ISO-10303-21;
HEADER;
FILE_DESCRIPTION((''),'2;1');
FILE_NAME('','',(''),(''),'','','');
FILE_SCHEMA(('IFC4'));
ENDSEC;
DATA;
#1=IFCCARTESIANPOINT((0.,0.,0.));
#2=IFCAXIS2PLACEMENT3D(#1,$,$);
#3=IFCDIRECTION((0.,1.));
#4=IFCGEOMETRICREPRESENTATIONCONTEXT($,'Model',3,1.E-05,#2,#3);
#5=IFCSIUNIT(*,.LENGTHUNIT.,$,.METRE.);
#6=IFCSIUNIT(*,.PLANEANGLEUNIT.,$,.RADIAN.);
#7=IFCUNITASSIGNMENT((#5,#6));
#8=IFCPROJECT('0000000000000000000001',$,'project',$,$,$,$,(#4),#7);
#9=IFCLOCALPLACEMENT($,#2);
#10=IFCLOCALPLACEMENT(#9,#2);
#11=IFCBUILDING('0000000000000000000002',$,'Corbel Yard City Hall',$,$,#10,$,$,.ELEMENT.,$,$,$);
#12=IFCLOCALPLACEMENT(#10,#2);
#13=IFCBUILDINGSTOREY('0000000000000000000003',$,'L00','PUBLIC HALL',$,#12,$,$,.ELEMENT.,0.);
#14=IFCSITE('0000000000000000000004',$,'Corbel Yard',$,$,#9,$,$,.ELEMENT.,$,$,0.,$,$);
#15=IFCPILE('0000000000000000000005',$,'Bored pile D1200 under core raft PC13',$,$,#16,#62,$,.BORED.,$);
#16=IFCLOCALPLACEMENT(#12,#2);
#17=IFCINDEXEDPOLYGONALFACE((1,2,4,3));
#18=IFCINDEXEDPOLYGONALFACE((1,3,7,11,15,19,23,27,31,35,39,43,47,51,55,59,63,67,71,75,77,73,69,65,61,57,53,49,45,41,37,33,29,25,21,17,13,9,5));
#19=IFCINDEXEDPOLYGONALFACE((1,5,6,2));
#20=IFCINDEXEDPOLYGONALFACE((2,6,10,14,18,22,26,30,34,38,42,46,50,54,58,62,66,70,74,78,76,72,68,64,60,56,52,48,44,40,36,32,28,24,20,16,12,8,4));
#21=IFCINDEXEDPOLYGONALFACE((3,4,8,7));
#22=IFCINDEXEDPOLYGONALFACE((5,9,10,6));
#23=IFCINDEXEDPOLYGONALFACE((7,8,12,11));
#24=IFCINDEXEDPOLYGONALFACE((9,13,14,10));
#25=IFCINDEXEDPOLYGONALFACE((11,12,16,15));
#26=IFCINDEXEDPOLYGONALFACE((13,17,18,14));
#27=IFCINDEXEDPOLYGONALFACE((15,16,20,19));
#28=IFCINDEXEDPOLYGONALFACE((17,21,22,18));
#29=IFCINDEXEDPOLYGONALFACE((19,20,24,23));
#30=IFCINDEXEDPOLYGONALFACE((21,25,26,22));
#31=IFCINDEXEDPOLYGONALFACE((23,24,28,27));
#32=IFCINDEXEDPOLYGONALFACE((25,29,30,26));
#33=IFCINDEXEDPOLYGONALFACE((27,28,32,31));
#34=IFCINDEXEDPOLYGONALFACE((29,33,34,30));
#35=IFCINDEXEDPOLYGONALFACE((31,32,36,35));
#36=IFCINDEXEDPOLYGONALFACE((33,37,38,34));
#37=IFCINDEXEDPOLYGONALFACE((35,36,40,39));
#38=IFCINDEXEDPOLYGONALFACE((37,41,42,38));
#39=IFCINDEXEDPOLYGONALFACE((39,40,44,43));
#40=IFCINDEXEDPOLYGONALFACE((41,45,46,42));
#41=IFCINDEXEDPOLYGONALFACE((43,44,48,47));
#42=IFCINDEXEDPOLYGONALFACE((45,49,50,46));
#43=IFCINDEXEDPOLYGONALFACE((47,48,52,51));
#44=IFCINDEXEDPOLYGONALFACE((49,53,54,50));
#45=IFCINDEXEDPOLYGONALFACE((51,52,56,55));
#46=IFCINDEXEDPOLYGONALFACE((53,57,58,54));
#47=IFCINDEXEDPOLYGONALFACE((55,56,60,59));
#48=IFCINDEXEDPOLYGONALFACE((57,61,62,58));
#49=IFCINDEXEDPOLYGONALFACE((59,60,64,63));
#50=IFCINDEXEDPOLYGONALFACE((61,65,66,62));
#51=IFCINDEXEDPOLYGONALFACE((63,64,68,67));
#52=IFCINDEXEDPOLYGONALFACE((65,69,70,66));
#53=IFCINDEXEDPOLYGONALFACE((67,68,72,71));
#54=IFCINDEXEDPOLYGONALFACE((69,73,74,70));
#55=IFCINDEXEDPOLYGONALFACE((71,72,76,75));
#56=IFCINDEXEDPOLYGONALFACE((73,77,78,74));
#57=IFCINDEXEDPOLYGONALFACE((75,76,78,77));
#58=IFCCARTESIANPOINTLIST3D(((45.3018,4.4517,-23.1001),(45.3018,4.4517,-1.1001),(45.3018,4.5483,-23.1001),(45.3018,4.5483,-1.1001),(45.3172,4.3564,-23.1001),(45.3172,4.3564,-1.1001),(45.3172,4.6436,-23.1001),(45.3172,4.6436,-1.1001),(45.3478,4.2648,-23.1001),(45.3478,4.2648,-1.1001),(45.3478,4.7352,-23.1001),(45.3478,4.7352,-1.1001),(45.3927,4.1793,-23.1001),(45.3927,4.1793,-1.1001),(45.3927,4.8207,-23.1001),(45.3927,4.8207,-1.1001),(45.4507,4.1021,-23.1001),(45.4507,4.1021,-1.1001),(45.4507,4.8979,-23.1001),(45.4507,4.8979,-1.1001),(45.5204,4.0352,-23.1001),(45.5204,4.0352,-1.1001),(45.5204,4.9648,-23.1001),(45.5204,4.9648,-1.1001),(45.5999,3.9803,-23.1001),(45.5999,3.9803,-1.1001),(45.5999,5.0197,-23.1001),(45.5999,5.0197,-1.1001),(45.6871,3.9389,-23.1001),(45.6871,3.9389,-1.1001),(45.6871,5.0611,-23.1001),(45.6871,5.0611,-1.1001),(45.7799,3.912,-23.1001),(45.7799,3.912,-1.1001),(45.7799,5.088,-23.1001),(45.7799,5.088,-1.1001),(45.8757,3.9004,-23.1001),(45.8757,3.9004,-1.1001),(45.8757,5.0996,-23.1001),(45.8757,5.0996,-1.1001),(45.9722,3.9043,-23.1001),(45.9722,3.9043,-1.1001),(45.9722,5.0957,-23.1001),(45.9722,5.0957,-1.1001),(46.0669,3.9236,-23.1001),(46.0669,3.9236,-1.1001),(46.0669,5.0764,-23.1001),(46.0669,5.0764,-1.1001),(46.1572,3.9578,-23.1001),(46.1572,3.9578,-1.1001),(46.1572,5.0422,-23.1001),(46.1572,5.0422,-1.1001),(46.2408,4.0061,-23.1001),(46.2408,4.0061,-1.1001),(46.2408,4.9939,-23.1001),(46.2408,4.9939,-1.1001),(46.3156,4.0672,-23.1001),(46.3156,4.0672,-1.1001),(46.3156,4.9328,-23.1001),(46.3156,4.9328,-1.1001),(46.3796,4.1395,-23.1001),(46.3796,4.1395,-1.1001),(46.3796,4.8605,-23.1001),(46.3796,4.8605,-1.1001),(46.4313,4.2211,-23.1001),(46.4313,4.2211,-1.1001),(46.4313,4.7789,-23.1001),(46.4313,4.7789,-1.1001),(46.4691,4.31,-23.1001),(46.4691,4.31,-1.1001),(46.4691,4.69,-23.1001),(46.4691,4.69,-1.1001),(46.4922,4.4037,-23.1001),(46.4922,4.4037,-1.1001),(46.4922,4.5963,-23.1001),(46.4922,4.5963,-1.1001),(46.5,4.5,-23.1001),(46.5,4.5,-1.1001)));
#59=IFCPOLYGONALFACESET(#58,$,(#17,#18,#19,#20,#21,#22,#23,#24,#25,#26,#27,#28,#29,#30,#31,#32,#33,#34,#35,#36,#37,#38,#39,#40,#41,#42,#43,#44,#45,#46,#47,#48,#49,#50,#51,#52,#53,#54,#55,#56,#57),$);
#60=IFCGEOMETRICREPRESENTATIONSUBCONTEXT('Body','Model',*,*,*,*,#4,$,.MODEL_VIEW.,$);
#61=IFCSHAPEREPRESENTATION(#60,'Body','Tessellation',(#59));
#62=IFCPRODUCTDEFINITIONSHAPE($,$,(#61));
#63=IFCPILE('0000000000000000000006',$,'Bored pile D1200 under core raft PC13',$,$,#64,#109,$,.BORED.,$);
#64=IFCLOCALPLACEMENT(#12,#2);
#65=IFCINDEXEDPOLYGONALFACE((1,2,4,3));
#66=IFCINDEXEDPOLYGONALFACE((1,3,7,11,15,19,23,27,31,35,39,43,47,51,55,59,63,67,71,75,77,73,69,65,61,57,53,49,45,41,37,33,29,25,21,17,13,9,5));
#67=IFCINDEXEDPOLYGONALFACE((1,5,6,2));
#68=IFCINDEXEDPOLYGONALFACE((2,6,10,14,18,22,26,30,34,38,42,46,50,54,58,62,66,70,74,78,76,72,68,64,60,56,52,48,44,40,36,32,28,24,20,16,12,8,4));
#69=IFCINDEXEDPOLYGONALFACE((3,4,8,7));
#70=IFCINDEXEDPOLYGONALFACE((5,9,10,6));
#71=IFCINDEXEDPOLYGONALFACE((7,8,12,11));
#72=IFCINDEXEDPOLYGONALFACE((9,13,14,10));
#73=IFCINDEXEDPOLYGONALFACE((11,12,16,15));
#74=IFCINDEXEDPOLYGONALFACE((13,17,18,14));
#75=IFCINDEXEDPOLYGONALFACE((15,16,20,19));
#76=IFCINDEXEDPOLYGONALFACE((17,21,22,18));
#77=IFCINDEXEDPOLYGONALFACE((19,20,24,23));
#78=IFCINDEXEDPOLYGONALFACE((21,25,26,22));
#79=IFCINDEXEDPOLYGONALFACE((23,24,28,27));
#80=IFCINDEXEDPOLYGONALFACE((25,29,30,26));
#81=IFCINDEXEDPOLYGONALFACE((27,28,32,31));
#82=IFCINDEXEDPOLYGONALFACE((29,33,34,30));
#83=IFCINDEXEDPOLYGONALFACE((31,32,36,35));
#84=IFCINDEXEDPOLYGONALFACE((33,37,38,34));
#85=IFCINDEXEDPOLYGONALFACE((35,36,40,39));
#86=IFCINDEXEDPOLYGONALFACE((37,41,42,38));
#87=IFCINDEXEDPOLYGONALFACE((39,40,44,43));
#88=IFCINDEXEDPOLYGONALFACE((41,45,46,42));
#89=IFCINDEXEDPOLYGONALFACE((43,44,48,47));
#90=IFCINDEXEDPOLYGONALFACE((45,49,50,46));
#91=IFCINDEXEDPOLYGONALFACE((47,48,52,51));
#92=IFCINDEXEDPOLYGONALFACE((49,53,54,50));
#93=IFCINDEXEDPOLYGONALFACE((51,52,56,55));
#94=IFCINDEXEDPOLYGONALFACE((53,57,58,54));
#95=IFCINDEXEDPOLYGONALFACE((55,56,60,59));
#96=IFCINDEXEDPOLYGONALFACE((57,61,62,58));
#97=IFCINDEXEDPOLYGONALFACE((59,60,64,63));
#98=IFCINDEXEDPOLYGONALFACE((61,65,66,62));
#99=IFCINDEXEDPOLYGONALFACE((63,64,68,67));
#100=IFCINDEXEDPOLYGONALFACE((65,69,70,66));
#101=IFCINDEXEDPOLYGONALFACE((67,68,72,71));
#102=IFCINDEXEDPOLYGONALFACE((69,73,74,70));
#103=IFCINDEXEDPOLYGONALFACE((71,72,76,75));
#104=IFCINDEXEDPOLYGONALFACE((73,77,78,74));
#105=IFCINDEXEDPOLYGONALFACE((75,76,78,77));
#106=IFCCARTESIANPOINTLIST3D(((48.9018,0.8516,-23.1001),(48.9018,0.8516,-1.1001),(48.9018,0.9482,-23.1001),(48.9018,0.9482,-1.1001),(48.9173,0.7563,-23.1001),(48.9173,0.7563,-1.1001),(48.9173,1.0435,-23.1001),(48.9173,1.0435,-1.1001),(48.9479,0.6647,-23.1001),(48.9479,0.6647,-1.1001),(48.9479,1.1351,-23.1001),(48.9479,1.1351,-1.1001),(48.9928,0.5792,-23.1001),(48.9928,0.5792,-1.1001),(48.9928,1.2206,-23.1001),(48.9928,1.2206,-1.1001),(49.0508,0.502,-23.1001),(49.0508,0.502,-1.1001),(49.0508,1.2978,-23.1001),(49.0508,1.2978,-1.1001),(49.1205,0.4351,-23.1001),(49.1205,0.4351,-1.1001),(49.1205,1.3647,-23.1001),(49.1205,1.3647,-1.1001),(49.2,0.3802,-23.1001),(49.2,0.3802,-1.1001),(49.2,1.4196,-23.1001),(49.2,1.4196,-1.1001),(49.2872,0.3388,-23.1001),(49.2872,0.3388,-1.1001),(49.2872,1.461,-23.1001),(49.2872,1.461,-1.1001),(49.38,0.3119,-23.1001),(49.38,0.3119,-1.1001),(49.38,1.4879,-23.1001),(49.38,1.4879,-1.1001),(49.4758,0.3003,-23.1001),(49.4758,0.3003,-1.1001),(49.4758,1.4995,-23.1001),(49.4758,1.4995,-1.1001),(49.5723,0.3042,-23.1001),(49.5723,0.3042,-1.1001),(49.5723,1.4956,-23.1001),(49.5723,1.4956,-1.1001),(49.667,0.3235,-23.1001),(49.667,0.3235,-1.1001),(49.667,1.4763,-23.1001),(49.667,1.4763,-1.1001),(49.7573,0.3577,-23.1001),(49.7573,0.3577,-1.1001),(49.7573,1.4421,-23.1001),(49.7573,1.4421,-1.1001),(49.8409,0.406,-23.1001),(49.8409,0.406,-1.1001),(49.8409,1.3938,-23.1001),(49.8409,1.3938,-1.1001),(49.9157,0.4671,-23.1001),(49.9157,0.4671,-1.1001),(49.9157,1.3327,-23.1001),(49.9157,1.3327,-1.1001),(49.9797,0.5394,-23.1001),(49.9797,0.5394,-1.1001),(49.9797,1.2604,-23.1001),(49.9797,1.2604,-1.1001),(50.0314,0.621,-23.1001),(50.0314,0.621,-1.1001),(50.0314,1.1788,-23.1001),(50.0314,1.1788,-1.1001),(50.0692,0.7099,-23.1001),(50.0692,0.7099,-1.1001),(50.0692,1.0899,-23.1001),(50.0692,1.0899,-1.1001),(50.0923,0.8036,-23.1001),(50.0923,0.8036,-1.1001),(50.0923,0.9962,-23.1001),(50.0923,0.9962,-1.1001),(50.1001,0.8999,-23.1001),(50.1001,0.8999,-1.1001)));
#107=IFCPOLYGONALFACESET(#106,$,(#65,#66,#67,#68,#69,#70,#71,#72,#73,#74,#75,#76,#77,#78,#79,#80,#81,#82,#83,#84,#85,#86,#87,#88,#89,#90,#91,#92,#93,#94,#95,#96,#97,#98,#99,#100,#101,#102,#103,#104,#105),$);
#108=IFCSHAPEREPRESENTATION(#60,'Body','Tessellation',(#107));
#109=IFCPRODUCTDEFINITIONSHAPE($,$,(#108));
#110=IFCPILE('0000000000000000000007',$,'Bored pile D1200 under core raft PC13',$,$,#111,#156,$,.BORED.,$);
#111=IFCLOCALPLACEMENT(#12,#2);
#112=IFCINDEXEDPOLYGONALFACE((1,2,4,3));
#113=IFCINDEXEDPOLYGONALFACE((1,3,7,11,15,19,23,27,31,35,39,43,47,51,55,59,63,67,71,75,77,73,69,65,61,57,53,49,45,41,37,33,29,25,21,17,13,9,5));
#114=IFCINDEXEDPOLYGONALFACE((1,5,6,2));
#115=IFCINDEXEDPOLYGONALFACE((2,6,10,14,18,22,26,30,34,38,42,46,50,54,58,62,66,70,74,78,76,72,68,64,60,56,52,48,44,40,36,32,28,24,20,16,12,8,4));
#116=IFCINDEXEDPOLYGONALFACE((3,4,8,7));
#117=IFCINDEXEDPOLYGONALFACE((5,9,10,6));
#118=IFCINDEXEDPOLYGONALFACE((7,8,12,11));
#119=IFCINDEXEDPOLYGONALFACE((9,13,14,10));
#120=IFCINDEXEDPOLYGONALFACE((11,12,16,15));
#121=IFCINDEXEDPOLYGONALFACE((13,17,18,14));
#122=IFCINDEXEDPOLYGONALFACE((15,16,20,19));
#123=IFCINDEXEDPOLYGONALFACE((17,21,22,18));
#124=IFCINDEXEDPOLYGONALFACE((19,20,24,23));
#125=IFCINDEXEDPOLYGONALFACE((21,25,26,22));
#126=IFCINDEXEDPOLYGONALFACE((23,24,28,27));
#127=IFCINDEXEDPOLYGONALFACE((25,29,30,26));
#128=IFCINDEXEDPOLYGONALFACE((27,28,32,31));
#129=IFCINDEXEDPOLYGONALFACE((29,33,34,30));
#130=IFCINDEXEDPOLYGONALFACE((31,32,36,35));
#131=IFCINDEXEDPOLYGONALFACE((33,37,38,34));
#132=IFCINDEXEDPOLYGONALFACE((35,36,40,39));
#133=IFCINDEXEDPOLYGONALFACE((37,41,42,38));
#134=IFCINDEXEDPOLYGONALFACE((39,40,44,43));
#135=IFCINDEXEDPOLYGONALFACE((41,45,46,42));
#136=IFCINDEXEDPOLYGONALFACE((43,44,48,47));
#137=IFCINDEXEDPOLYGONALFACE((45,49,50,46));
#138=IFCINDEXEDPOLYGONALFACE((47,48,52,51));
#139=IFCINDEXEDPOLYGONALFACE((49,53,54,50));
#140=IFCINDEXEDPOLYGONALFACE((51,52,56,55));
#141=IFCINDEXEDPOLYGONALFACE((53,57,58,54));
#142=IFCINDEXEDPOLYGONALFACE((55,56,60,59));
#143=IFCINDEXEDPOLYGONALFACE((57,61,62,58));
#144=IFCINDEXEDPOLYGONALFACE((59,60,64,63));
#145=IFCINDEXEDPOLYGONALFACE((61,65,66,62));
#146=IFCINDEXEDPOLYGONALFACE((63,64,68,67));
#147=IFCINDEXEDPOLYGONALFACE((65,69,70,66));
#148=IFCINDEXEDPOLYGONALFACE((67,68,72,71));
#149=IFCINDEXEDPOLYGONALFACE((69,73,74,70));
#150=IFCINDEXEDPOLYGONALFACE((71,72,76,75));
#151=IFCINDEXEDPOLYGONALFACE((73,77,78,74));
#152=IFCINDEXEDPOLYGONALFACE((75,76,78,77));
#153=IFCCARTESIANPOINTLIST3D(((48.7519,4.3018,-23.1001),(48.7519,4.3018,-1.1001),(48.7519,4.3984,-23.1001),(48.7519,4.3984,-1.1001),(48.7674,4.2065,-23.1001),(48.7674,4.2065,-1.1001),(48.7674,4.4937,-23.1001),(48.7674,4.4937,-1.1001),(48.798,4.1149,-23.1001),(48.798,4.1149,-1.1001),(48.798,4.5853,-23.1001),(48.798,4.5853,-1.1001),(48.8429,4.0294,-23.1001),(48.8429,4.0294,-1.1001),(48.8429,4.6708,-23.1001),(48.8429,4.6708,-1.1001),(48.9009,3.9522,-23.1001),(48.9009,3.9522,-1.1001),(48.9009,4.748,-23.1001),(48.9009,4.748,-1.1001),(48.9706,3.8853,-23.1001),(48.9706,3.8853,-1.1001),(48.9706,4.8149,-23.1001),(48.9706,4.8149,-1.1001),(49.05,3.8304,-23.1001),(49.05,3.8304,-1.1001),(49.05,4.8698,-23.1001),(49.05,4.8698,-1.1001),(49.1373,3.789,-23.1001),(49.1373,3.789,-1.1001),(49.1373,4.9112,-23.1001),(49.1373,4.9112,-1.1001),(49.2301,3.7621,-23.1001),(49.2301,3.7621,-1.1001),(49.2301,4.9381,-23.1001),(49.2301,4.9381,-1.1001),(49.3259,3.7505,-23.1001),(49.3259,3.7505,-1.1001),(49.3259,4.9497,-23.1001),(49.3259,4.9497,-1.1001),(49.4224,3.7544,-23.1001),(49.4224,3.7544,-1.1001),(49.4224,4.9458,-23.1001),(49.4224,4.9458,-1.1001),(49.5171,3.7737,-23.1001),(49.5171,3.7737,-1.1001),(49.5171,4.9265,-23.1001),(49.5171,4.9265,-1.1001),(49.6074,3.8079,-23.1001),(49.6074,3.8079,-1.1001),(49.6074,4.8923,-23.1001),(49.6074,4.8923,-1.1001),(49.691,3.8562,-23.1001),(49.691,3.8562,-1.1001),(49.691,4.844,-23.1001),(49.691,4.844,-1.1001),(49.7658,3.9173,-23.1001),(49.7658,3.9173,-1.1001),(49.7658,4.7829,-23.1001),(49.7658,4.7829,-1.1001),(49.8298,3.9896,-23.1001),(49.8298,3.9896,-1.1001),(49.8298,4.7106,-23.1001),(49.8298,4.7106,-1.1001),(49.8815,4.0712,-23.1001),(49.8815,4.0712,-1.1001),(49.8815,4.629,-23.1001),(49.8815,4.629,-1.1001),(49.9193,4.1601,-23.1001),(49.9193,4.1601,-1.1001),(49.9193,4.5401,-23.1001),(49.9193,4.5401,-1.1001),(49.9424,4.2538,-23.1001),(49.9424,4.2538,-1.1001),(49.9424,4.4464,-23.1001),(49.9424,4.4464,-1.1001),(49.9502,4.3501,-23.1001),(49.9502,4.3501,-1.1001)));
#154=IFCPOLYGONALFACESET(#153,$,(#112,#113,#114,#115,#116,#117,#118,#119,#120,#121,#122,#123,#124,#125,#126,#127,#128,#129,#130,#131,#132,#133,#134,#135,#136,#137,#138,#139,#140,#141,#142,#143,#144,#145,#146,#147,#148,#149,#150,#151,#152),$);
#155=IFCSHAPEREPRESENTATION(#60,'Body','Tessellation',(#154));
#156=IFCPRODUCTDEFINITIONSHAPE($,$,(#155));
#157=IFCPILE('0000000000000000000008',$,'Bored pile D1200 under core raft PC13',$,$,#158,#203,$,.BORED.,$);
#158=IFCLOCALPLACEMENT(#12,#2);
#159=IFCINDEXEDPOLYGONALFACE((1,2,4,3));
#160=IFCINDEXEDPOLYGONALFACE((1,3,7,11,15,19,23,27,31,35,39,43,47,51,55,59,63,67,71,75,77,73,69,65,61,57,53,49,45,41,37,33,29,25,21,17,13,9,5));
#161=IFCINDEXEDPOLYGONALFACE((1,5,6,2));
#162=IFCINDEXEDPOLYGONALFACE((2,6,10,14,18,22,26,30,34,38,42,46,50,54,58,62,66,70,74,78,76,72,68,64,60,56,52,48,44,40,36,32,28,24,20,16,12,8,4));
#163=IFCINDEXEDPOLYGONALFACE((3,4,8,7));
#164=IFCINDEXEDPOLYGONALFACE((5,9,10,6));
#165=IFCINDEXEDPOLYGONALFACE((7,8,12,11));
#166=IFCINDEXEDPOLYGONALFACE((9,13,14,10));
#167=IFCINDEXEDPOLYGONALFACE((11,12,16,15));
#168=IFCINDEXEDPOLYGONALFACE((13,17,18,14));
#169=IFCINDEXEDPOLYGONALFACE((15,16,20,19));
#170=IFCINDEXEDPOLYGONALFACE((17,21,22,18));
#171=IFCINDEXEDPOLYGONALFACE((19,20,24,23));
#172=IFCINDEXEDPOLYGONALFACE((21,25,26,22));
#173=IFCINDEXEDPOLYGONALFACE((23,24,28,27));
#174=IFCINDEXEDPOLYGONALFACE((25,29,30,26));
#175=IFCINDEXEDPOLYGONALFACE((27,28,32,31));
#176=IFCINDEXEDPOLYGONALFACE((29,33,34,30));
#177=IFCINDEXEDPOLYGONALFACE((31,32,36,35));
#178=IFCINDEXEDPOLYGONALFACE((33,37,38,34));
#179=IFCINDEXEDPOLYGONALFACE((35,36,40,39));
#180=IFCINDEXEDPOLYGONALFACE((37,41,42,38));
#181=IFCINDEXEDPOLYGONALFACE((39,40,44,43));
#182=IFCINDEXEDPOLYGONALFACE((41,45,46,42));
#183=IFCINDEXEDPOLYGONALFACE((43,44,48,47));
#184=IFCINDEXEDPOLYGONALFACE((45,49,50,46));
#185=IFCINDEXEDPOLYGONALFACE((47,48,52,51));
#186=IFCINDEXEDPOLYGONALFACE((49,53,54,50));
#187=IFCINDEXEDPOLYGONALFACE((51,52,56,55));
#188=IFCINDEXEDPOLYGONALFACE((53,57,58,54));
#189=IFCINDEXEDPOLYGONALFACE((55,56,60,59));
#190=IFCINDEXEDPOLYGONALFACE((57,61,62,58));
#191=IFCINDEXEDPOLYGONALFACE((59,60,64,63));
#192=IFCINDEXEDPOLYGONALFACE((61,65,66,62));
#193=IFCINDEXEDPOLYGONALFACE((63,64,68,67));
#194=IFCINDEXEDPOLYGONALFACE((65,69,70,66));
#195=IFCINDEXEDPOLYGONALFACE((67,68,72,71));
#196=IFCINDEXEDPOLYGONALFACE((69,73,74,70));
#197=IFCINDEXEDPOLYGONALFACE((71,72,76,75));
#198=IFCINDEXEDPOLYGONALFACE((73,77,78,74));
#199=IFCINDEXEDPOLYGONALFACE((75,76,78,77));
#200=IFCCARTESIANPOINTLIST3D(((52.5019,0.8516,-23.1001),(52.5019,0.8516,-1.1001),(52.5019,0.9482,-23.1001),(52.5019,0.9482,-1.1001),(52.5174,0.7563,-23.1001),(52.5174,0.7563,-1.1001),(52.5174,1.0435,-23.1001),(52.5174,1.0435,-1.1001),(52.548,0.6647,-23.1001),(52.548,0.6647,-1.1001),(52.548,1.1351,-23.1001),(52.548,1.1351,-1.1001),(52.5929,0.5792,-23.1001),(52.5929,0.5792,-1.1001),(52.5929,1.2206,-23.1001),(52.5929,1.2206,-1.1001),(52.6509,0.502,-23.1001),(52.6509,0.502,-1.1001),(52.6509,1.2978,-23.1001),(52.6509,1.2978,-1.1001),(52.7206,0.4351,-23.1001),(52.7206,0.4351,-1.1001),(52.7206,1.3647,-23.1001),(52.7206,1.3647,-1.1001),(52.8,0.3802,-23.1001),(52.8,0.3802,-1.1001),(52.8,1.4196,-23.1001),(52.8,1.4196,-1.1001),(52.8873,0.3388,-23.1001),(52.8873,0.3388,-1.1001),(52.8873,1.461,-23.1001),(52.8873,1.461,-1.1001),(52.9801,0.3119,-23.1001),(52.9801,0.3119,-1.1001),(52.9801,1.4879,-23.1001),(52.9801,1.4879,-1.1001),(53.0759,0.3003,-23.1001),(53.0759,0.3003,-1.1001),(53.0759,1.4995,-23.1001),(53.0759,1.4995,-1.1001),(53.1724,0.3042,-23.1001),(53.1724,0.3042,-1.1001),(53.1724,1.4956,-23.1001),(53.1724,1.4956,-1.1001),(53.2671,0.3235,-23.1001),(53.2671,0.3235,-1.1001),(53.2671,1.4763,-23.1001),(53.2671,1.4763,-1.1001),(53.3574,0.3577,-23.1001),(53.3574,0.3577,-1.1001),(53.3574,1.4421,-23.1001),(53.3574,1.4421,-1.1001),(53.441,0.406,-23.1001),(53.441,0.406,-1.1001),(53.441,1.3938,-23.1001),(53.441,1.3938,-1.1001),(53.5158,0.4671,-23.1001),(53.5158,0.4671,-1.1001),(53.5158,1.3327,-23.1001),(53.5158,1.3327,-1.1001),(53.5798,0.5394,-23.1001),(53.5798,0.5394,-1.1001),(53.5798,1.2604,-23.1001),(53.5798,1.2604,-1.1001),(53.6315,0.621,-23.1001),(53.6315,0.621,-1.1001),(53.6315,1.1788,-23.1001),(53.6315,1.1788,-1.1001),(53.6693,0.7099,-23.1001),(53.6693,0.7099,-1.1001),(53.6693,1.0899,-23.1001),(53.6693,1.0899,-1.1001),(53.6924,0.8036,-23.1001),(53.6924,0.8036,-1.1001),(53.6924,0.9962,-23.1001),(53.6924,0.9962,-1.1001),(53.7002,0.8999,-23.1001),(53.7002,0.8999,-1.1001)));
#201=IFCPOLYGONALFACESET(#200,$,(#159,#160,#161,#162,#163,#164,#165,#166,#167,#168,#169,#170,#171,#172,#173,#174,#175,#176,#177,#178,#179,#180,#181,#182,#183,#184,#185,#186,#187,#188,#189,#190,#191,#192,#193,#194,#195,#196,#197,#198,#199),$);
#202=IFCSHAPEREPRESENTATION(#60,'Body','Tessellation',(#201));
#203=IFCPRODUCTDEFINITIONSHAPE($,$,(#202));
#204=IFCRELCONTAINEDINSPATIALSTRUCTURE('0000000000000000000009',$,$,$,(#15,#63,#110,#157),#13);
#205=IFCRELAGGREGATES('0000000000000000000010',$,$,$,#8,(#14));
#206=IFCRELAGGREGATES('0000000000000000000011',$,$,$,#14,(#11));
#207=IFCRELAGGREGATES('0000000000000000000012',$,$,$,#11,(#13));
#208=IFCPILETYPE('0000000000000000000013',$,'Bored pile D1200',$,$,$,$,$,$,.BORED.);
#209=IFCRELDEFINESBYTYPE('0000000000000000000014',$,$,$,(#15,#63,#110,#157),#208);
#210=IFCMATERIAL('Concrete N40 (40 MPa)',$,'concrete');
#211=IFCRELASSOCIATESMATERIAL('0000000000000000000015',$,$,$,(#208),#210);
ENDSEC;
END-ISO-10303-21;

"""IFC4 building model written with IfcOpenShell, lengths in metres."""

from ifc_helpers import new_model, si_unit, direction, frame, origin, origin_2d, place, context, subcontext, project, spatial, circle, extrude, material, material_profile, profile_set, type_object, element, save


model = new_model("IFC4")

# Units and contexts
model_context = context("Model", 3, precision=1e-05, world=origin(), true_north=direction((0.0, 1.0)))
body_context = subcontext(model_context, "Body", "Model", "MODEL_VIEW")
ifc_project = project(units=[si_unit("LENGTHUNIT", "METRE"), si_unit("PLANEANGLEUNIT", "RADIAN")], contexts=[model_context])

# Site, building, storey
site_placement = place(None, origin())
site = spatial("IfcSite", under=ifc_project, at=site_placement, Name="Corbel Yard", CompositionType="ELEMENT", RefElevation=0.0)
building_placement = place(site_placement, origin())
building = spatial("IfcBuilding", under=site, at=building_placement, Name="Corbel Yard City Hall", CompositionType="ELEMENT")
storey_placement = place(building_placement, origin())
storey = spatial("IfcBuildingStorey", under=building, at=storey_placement, Name="L00", Description="PUBLIC HALL", CompositionType="ELEMENT", Elevation=0.0)

# Piles
ifc_material_1 = material(Name="Concrete N40 (40 MPa)", Category="concrete")
ifc_material_profile = material_profile(ifc_material_1, circle(Radius=0.6001, at=origin_2d()), Name="D1200")
ifc_profile_set = profile_set([ifc_material_profile], Name="Concrete N40 (40 MPa)")
pile_type = type_object("IfcPileType", Name="Bored pile D1200", PredefinedType="BORED", material=ifc_profile_set)
for number, where, z_axis, x_axis, name in (
    (1, (45.8999, 4.5, -1.1001), (0.0, 0.0, -1.0), (1.0, 0.0, 0.0), "Bored pile D1200 under core raft PC13"),
    (2, (49.5, 0.8999, -1.1001), (0.0, 0.0, -1.0), (1.0, 0.0, 0.0), "Bored pile D1200 under core raft PC13"),
    (3, (49.3501, 4.3501, -1.1001), (0.0, 0.0, -1.0), (1.0, 0.0, 0.0), "Bored pile D1200 under core raft PC13"),
    (4, (53.1001, 0.8999, -1.1001), (0.0, 0.0, -1.0), (1.0, 0.0, 0.0), "Bored pile D1200 under core raft PC13"),
):
    element("IfcPile", number, at=place(storey_placement, frame(where, z_axis=z_axis, x_axis=x_axis)), inside=storey, type_object=pile_type, Name=name, PredefinedType="BORED", context=body_context, shape_type="SweptSolid", body=[
        extrude(circle(Radius=0.6001, at=origin_2d()), origin(), (0.0, 0.0, 1.0), 22.0),
    ])

save(model, "model.ifc")
